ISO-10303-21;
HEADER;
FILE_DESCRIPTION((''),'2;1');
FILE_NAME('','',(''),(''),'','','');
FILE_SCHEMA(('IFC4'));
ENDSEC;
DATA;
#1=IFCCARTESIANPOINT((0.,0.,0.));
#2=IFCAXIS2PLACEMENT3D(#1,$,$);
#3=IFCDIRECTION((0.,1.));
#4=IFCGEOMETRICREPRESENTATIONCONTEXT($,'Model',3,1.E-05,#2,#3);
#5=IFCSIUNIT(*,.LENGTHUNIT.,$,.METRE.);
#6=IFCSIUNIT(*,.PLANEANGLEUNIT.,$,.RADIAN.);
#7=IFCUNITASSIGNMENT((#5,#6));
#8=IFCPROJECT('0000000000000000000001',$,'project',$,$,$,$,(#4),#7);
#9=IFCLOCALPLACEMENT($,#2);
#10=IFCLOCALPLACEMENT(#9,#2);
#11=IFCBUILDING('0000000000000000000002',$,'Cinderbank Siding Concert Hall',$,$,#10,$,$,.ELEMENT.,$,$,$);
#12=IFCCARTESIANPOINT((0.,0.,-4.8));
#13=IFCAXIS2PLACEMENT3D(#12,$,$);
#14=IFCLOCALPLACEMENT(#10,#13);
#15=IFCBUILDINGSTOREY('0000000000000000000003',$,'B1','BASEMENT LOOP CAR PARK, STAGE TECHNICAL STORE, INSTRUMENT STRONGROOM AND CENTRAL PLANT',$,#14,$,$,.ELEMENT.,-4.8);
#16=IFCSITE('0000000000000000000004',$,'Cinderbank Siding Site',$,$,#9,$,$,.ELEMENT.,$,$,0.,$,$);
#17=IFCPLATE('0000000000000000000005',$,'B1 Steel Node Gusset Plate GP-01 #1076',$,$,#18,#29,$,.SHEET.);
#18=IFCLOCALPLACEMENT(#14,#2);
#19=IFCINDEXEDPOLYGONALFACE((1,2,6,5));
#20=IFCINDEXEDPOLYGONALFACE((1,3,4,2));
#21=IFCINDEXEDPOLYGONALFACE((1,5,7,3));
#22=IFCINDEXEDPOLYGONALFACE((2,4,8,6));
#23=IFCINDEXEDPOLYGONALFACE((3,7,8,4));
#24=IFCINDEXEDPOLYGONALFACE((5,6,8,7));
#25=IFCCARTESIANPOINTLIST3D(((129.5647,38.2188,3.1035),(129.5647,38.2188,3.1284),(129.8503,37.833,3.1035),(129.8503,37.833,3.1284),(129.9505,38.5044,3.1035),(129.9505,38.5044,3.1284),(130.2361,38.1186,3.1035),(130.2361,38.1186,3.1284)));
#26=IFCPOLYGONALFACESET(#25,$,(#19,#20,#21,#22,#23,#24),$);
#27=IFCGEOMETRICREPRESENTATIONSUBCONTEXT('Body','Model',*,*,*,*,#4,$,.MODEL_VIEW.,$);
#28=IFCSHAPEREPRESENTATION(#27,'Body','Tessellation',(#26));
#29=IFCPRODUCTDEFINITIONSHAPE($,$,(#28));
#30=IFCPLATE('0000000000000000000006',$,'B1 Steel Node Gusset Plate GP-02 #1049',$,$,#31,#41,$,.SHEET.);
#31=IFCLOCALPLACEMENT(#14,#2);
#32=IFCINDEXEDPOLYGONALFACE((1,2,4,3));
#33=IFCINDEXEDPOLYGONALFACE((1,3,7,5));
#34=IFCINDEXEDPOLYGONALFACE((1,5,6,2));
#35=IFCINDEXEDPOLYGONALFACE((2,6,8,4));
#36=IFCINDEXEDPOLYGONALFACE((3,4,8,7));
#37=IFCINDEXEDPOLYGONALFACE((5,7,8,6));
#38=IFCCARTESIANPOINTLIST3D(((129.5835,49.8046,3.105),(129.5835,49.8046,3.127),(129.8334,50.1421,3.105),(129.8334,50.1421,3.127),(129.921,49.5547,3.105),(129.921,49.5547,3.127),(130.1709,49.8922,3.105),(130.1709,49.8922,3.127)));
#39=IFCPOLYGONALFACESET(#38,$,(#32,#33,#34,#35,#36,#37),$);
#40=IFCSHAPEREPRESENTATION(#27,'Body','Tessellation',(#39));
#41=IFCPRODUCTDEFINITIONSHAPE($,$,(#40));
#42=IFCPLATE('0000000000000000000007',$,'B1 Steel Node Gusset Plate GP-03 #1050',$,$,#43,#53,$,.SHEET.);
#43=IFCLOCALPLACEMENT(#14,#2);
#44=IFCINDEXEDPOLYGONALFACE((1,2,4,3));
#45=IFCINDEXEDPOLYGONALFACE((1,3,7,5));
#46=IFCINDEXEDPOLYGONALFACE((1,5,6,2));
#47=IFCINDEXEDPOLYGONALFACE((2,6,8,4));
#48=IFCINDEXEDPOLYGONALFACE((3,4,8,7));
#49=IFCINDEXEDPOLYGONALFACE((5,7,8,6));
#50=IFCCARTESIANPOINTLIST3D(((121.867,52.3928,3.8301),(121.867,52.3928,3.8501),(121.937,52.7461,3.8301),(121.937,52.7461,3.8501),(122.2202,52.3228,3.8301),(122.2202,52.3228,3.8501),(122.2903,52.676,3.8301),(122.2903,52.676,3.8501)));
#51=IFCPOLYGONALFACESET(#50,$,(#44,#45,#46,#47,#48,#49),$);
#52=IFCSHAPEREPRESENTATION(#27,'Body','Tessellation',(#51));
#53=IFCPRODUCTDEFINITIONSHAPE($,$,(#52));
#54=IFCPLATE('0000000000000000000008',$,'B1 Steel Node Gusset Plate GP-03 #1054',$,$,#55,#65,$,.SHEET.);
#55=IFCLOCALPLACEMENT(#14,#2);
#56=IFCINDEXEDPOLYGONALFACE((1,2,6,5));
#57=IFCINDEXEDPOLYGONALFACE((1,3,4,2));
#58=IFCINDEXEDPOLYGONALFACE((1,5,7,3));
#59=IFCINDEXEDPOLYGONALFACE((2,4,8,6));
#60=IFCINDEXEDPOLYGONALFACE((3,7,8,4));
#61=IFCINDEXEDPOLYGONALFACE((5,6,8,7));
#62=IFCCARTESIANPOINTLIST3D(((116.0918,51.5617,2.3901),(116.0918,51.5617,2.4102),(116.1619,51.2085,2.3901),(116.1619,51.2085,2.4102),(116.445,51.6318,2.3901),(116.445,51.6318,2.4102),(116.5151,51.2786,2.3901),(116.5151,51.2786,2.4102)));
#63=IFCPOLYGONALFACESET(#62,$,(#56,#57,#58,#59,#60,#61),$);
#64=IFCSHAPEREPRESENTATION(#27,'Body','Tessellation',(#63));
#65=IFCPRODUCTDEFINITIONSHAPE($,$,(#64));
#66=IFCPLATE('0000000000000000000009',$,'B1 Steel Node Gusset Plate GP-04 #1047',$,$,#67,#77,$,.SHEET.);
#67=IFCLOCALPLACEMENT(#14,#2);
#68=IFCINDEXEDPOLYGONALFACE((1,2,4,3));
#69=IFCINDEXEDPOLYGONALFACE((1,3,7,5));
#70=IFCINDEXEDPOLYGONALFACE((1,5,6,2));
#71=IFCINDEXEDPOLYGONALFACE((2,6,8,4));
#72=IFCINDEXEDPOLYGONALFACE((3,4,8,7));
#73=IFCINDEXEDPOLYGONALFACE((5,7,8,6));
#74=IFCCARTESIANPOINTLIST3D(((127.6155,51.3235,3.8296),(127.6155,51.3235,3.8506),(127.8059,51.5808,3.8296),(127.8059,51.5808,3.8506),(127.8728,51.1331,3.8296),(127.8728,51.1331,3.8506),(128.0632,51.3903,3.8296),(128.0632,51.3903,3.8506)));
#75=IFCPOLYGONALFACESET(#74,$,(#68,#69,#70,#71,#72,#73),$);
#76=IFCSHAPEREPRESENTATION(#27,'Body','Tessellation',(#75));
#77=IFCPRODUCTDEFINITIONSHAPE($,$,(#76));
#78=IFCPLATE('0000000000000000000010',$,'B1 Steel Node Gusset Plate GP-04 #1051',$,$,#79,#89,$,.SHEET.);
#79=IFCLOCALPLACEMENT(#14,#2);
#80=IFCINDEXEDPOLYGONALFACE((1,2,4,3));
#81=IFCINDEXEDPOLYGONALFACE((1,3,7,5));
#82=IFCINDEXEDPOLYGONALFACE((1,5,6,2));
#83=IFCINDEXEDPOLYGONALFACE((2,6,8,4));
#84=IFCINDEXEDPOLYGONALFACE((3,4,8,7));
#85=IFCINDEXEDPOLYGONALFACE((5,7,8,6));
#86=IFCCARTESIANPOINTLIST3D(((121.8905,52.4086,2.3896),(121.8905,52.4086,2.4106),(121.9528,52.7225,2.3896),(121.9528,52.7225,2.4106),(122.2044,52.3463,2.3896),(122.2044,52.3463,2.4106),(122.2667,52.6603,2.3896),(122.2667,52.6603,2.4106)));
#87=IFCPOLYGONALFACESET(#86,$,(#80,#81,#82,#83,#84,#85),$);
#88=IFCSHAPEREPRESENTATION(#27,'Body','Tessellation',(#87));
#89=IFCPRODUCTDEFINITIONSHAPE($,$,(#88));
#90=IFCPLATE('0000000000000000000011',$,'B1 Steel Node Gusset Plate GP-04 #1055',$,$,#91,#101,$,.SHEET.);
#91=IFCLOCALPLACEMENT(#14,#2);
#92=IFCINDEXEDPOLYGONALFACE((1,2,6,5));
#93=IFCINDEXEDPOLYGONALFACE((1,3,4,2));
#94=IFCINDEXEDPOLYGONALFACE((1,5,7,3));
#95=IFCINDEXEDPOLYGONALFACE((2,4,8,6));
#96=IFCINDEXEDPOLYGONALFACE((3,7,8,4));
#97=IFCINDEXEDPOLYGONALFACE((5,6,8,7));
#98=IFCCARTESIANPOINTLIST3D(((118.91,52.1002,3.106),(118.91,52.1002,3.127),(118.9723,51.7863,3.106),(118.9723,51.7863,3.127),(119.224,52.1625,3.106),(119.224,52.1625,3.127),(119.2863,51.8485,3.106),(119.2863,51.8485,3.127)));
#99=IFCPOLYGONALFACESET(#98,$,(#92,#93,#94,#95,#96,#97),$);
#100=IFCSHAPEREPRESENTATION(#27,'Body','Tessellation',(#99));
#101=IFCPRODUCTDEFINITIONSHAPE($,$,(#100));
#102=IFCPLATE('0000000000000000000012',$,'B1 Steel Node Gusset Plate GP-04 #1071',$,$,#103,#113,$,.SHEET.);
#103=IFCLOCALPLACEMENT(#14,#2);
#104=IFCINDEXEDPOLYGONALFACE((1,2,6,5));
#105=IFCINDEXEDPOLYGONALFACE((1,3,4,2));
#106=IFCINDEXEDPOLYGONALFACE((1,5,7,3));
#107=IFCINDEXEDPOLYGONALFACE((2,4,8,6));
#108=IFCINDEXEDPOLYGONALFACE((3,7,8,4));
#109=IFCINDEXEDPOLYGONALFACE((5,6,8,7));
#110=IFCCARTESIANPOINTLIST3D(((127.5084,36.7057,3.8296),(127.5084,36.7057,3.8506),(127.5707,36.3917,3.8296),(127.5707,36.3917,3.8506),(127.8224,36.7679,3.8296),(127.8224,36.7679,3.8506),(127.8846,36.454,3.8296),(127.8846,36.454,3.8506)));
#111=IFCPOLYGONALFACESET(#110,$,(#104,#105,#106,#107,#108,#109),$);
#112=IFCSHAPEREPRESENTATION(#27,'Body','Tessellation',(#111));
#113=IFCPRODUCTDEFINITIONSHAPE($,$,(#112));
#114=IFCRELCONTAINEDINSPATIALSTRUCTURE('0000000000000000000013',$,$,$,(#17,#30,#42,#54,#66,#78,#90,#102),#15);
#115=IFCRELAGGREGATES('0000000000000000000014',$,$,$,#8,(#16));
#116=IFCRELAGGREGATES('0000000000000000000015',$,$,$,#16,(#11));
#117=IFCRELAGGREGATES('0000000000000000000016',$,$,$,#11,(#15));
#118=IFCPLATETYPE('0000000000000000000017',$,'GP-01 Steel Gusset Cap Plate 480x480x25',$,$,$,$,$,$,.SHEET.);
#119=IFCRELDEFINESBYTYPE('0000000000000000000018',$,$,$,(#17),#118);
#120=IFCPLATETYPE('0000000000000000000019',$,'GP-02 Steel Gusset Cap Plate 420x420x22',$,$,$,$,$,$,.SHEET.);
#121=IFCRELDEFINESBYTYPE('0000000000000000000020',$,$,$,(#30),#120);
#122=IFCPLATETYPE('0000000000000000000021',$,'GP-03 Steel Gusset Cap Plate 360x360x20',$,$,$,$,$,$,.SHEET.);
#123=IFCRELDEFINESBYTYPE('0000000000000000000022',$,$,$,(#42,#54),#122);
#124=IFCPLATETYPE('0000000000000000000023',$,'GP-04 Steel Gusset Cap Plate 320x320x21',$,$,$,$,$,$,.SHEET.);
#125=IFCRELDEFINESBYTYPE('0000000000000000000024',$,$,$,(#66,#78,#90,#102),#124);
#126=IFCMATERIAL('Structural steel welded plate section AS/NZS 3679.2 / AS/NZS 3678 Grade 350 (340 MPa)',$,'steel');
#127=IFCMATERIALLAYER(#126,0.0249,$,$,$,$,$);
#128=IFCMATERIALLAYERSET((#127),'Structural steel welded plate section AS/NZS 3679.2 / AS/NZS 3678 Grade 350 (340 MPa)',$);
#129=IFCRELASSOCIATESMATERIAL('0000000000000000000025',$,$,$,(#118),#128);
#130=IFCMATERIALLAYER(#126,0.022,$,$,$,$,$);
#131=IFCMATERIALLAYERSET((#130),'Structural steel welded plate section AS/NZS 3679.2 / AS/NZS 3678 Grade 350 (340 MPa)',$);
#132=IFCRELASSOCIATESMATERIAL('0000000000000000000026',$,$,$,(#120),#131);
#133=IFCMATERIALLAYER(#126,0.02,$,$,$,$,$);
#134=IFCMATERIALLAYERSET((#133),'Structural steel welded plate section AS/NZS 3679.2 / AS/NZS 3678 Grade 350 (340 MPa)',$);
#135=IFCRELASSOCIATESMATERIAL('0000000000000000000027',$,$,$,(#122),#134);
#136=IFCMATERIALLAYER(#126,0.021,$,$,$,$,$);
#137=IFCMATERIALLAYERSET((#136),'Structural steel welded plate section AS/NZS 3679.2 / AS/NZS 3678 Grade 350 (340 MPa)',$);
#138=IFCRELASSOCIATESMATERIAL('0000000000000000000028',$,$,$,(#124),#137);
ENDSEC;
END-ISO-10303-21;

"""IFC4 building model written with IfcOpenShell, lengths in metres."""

from ifc_helpers import new_model, si_unit, direction, frame, origin, origin_2d, place, context, subcontext, project, spatial, rectangle, extrude, material, layer, layer_set, type_object, element, save


model = new_model("IFC4")

# Units and contexts
model_context = context("Model", 3, precision=1e-05, world=origin(), true_north=direction((0.0, 1.0)))
body_context = subcontext(model_context, "Body", "Model", "MODEL_VIEW")
ifc_project = project(units=[si_unit("LENGTHUNIT", "METRE"), si_unit("PLANEANGLEUNIT", "RADIAN")], contexts=[model_context])

# Site, building, storey
site_placement = place(None, origin())
site = spatial("IfcSite", under=ifc_project, at=site_placement, Name="Cinderbank Siding Site", CompositionType="ELEMENT", RefElevation=0.0)
building_placement = place(site_placement, origin())
building = spatial("IfcBuilding", under=site, at=building_placement, Name="Cinderbank Siding Concert Hall", CompositionType="ELEMENT")
storey_placement = place(building_placement, frame((0.0, 0.0, -4.8)))
storey = spatial("IfcBuildingStorey", under=building, at=storey_placement, Name="B1", Description="BASEMENT LOOP CAR PARK, STAGE TECHNICAL STORE, INSTRUMENT STRONGROOM AND CENTRAL PLANT", CompositionType="ELEMENT", Elevation=-4.8)

# Plates
ifc_material_1 = material(Name="Structural steel welded plate section AS/NZS 3679.2 / AS/NZS 3678 Grade 350 (340 MPa)", Category="steel")
ifc_layer_1 = layer(ifc_material_1, 0.0249)
ifc_layer_set_1 = layer_set([ifc_layer_1], Name="Structural steel welded plate section AS/NZS 3679.2 / AS/NZS 3678 Grade 350 (340 MPa)")
plate_type_1 = type_object("IfcPlateType", Name="GP-01 Steel Gusset Cap Plate 480x480x25", PredefinedType="SHEET", material=ifc_layer_set_1)
for number, where, z_axis, x_axis, name in (
    (1, (129.9004, 38.1687, 3.1035), (0.0, 0.0, 1.0), (-0.803753, -0.594963, 0.0), "B1 Steel Node Gusset Plate GP-01 #1076"),
):
    element("IfcPlate", number, at=place(storey_placement, frame(where, z_axis=z_axis, x_axis=x_axis)), inside=storey, type_object=plate_type_1, Name=name, PredefinedType="SHEET", context=body_context, shape_type="SweptSolid", body=[
        extrude(rectangle(XDim=0.48, YDim=0.48, at=origin_2d()), origin(), (0.0, 0.0, 1.0), 0.0249),
    ])
ifc_layer_2 = layer(ifc_material_1, 0.022)
ifc_layer_set_2 = layer_set([ifc_layer_2], Name="Structural steel welded plate section AS/NZS 3679.2 / AS/NZS 3678 Grade 350 (340 MPa)")
plate_type_2 = type_object("IfcPlateType", Name="GP-02 Steel Gusset Cap Plate 420x420x22", PredefinedType="SHEET", material=ifc_layer_set_2)
plate_placement = place(storey_placement, frame((129.8772, 49.8484, 3.105), z_axis=(0.0, 0.0, 1.0), x_axis=(0.803753, -0.594963, 0.0)))
element("IfcPlate", 2, at=plate_placement, inside=storey, type_object=plate_type_2, Name="B1 Steel Node Gusset Plate GP-02 #1049", PredefinedType="SHEET", context=body_context, shape_type="SweptSolid", body=[
    extrude(rectangle(XDim=0.4199, YDim=0.4199, at=origin_2d()), origin(), (0.0, 0.0, 1.0), 0.022),
])
ifc_layer_3 = layer(ifc_material_1, 0.02)
ifc_layer_set_3 = layer_set([ifc_layer_3], Name="Structural steel welded plate section AS/NZS 3679.2 / AS/NZS 3678 Grade 350 (340 MPa)")
plate_type_3 = type_object("IfcPlateType", Name="GP-03 Steel Gusset Cap Plate 360x360x20", PredefinedType="SHEET", material=ifc_layer_set_3)
for number, where, z_axis, x_axis, name in (
    (3, (122.0786, 52.5344, 3.8301), (0.0, 0.0, 1.0), (-0.980887, 0.194577, 0.0), "B1 Steel Node Gusset Plate GP-03 #1050"),
    (4, (116.3035, 51.4202, 2.3901), (0.0, 0.0, 1.0), (0.980887, 0.194577, 0.0), "B1 Steel Node Gusset Plate GP-03 #1054"),
):
    element("IfcPlate", number, at=place(storey_placement, frame(where, z_axis=z_axis, x_axis=x_axis)), inside=storey, type_object=plate_type_3, Name=name, PredefinedType="SHEET", context=body_context, shape_type="SweptSolid", body=[
        extrude(rectangle(XDim=0.3601, YDim=0.3601, at=origin_2d()), origin(), (0.0, 0.0, 1.0), 0.02),
    ])
ifc_layer_4 = layer(ifc_material_1, 0.021)
ifc_layer_set_4 = layer_set([ifc_layer_4], Name="Structural steel welded plate section AS/NZS 3679.2 / AS/NZS 3678 Grade 350 (340 MPa)")
plate_type_4 = type_object("IfcPlateType", Name="GP-04 Steel Gusset Cap Plate 320x320x21", PredefinedType="SHEET", material=ifc_layer_set_4)
for number, where, z_axis, x_axis, name in (
    (5, (127.8394, 51.3569, 3.8296), (0.0, 0.0, 1.0), (-0.803753, 0.594963, 0.0), "B1 Steel Node Gusset Plate GP-04 #1047"),
    (6, (122.0786, 52.5344, 2.3896), (0.0, 0.0, 1.0), (0.980887, -0.194577, 0.0), "B1 Steel Node Gusset Plate GP-04 #1051"),
    (7, (119.0981, 51.9744, 3.106), (0.0, 0.0, 1.0), (0.980887, 0.194577, 0.0), "B1 Steel Node Gusset Plate GP-04 #1055"),
    (8, (127.6965, 36.5798, 3.8296), (0.0, 0.0, 1.0), (0.980887, 0.194577, 0.0), "B1 Steel Node Gusset Plate GP-04 #1071"),
):
    element("IfcPlate", number, at=place(storey_placement, frame(where, z_axis=z_axis, x_axis=x_axis)), inside=storey, type_object=plate_type_4, Name=name, PredefinedType="SHEET", context=body_context, shape_type="SweptSolid", body=[
        extrude(rectangle(XDim=0.3201, YDim=0.3201, at=origin_2d()), origin(), (0.0, 0.0, 1.0), 0.021),
    ])

save(model, "model.ifc")
